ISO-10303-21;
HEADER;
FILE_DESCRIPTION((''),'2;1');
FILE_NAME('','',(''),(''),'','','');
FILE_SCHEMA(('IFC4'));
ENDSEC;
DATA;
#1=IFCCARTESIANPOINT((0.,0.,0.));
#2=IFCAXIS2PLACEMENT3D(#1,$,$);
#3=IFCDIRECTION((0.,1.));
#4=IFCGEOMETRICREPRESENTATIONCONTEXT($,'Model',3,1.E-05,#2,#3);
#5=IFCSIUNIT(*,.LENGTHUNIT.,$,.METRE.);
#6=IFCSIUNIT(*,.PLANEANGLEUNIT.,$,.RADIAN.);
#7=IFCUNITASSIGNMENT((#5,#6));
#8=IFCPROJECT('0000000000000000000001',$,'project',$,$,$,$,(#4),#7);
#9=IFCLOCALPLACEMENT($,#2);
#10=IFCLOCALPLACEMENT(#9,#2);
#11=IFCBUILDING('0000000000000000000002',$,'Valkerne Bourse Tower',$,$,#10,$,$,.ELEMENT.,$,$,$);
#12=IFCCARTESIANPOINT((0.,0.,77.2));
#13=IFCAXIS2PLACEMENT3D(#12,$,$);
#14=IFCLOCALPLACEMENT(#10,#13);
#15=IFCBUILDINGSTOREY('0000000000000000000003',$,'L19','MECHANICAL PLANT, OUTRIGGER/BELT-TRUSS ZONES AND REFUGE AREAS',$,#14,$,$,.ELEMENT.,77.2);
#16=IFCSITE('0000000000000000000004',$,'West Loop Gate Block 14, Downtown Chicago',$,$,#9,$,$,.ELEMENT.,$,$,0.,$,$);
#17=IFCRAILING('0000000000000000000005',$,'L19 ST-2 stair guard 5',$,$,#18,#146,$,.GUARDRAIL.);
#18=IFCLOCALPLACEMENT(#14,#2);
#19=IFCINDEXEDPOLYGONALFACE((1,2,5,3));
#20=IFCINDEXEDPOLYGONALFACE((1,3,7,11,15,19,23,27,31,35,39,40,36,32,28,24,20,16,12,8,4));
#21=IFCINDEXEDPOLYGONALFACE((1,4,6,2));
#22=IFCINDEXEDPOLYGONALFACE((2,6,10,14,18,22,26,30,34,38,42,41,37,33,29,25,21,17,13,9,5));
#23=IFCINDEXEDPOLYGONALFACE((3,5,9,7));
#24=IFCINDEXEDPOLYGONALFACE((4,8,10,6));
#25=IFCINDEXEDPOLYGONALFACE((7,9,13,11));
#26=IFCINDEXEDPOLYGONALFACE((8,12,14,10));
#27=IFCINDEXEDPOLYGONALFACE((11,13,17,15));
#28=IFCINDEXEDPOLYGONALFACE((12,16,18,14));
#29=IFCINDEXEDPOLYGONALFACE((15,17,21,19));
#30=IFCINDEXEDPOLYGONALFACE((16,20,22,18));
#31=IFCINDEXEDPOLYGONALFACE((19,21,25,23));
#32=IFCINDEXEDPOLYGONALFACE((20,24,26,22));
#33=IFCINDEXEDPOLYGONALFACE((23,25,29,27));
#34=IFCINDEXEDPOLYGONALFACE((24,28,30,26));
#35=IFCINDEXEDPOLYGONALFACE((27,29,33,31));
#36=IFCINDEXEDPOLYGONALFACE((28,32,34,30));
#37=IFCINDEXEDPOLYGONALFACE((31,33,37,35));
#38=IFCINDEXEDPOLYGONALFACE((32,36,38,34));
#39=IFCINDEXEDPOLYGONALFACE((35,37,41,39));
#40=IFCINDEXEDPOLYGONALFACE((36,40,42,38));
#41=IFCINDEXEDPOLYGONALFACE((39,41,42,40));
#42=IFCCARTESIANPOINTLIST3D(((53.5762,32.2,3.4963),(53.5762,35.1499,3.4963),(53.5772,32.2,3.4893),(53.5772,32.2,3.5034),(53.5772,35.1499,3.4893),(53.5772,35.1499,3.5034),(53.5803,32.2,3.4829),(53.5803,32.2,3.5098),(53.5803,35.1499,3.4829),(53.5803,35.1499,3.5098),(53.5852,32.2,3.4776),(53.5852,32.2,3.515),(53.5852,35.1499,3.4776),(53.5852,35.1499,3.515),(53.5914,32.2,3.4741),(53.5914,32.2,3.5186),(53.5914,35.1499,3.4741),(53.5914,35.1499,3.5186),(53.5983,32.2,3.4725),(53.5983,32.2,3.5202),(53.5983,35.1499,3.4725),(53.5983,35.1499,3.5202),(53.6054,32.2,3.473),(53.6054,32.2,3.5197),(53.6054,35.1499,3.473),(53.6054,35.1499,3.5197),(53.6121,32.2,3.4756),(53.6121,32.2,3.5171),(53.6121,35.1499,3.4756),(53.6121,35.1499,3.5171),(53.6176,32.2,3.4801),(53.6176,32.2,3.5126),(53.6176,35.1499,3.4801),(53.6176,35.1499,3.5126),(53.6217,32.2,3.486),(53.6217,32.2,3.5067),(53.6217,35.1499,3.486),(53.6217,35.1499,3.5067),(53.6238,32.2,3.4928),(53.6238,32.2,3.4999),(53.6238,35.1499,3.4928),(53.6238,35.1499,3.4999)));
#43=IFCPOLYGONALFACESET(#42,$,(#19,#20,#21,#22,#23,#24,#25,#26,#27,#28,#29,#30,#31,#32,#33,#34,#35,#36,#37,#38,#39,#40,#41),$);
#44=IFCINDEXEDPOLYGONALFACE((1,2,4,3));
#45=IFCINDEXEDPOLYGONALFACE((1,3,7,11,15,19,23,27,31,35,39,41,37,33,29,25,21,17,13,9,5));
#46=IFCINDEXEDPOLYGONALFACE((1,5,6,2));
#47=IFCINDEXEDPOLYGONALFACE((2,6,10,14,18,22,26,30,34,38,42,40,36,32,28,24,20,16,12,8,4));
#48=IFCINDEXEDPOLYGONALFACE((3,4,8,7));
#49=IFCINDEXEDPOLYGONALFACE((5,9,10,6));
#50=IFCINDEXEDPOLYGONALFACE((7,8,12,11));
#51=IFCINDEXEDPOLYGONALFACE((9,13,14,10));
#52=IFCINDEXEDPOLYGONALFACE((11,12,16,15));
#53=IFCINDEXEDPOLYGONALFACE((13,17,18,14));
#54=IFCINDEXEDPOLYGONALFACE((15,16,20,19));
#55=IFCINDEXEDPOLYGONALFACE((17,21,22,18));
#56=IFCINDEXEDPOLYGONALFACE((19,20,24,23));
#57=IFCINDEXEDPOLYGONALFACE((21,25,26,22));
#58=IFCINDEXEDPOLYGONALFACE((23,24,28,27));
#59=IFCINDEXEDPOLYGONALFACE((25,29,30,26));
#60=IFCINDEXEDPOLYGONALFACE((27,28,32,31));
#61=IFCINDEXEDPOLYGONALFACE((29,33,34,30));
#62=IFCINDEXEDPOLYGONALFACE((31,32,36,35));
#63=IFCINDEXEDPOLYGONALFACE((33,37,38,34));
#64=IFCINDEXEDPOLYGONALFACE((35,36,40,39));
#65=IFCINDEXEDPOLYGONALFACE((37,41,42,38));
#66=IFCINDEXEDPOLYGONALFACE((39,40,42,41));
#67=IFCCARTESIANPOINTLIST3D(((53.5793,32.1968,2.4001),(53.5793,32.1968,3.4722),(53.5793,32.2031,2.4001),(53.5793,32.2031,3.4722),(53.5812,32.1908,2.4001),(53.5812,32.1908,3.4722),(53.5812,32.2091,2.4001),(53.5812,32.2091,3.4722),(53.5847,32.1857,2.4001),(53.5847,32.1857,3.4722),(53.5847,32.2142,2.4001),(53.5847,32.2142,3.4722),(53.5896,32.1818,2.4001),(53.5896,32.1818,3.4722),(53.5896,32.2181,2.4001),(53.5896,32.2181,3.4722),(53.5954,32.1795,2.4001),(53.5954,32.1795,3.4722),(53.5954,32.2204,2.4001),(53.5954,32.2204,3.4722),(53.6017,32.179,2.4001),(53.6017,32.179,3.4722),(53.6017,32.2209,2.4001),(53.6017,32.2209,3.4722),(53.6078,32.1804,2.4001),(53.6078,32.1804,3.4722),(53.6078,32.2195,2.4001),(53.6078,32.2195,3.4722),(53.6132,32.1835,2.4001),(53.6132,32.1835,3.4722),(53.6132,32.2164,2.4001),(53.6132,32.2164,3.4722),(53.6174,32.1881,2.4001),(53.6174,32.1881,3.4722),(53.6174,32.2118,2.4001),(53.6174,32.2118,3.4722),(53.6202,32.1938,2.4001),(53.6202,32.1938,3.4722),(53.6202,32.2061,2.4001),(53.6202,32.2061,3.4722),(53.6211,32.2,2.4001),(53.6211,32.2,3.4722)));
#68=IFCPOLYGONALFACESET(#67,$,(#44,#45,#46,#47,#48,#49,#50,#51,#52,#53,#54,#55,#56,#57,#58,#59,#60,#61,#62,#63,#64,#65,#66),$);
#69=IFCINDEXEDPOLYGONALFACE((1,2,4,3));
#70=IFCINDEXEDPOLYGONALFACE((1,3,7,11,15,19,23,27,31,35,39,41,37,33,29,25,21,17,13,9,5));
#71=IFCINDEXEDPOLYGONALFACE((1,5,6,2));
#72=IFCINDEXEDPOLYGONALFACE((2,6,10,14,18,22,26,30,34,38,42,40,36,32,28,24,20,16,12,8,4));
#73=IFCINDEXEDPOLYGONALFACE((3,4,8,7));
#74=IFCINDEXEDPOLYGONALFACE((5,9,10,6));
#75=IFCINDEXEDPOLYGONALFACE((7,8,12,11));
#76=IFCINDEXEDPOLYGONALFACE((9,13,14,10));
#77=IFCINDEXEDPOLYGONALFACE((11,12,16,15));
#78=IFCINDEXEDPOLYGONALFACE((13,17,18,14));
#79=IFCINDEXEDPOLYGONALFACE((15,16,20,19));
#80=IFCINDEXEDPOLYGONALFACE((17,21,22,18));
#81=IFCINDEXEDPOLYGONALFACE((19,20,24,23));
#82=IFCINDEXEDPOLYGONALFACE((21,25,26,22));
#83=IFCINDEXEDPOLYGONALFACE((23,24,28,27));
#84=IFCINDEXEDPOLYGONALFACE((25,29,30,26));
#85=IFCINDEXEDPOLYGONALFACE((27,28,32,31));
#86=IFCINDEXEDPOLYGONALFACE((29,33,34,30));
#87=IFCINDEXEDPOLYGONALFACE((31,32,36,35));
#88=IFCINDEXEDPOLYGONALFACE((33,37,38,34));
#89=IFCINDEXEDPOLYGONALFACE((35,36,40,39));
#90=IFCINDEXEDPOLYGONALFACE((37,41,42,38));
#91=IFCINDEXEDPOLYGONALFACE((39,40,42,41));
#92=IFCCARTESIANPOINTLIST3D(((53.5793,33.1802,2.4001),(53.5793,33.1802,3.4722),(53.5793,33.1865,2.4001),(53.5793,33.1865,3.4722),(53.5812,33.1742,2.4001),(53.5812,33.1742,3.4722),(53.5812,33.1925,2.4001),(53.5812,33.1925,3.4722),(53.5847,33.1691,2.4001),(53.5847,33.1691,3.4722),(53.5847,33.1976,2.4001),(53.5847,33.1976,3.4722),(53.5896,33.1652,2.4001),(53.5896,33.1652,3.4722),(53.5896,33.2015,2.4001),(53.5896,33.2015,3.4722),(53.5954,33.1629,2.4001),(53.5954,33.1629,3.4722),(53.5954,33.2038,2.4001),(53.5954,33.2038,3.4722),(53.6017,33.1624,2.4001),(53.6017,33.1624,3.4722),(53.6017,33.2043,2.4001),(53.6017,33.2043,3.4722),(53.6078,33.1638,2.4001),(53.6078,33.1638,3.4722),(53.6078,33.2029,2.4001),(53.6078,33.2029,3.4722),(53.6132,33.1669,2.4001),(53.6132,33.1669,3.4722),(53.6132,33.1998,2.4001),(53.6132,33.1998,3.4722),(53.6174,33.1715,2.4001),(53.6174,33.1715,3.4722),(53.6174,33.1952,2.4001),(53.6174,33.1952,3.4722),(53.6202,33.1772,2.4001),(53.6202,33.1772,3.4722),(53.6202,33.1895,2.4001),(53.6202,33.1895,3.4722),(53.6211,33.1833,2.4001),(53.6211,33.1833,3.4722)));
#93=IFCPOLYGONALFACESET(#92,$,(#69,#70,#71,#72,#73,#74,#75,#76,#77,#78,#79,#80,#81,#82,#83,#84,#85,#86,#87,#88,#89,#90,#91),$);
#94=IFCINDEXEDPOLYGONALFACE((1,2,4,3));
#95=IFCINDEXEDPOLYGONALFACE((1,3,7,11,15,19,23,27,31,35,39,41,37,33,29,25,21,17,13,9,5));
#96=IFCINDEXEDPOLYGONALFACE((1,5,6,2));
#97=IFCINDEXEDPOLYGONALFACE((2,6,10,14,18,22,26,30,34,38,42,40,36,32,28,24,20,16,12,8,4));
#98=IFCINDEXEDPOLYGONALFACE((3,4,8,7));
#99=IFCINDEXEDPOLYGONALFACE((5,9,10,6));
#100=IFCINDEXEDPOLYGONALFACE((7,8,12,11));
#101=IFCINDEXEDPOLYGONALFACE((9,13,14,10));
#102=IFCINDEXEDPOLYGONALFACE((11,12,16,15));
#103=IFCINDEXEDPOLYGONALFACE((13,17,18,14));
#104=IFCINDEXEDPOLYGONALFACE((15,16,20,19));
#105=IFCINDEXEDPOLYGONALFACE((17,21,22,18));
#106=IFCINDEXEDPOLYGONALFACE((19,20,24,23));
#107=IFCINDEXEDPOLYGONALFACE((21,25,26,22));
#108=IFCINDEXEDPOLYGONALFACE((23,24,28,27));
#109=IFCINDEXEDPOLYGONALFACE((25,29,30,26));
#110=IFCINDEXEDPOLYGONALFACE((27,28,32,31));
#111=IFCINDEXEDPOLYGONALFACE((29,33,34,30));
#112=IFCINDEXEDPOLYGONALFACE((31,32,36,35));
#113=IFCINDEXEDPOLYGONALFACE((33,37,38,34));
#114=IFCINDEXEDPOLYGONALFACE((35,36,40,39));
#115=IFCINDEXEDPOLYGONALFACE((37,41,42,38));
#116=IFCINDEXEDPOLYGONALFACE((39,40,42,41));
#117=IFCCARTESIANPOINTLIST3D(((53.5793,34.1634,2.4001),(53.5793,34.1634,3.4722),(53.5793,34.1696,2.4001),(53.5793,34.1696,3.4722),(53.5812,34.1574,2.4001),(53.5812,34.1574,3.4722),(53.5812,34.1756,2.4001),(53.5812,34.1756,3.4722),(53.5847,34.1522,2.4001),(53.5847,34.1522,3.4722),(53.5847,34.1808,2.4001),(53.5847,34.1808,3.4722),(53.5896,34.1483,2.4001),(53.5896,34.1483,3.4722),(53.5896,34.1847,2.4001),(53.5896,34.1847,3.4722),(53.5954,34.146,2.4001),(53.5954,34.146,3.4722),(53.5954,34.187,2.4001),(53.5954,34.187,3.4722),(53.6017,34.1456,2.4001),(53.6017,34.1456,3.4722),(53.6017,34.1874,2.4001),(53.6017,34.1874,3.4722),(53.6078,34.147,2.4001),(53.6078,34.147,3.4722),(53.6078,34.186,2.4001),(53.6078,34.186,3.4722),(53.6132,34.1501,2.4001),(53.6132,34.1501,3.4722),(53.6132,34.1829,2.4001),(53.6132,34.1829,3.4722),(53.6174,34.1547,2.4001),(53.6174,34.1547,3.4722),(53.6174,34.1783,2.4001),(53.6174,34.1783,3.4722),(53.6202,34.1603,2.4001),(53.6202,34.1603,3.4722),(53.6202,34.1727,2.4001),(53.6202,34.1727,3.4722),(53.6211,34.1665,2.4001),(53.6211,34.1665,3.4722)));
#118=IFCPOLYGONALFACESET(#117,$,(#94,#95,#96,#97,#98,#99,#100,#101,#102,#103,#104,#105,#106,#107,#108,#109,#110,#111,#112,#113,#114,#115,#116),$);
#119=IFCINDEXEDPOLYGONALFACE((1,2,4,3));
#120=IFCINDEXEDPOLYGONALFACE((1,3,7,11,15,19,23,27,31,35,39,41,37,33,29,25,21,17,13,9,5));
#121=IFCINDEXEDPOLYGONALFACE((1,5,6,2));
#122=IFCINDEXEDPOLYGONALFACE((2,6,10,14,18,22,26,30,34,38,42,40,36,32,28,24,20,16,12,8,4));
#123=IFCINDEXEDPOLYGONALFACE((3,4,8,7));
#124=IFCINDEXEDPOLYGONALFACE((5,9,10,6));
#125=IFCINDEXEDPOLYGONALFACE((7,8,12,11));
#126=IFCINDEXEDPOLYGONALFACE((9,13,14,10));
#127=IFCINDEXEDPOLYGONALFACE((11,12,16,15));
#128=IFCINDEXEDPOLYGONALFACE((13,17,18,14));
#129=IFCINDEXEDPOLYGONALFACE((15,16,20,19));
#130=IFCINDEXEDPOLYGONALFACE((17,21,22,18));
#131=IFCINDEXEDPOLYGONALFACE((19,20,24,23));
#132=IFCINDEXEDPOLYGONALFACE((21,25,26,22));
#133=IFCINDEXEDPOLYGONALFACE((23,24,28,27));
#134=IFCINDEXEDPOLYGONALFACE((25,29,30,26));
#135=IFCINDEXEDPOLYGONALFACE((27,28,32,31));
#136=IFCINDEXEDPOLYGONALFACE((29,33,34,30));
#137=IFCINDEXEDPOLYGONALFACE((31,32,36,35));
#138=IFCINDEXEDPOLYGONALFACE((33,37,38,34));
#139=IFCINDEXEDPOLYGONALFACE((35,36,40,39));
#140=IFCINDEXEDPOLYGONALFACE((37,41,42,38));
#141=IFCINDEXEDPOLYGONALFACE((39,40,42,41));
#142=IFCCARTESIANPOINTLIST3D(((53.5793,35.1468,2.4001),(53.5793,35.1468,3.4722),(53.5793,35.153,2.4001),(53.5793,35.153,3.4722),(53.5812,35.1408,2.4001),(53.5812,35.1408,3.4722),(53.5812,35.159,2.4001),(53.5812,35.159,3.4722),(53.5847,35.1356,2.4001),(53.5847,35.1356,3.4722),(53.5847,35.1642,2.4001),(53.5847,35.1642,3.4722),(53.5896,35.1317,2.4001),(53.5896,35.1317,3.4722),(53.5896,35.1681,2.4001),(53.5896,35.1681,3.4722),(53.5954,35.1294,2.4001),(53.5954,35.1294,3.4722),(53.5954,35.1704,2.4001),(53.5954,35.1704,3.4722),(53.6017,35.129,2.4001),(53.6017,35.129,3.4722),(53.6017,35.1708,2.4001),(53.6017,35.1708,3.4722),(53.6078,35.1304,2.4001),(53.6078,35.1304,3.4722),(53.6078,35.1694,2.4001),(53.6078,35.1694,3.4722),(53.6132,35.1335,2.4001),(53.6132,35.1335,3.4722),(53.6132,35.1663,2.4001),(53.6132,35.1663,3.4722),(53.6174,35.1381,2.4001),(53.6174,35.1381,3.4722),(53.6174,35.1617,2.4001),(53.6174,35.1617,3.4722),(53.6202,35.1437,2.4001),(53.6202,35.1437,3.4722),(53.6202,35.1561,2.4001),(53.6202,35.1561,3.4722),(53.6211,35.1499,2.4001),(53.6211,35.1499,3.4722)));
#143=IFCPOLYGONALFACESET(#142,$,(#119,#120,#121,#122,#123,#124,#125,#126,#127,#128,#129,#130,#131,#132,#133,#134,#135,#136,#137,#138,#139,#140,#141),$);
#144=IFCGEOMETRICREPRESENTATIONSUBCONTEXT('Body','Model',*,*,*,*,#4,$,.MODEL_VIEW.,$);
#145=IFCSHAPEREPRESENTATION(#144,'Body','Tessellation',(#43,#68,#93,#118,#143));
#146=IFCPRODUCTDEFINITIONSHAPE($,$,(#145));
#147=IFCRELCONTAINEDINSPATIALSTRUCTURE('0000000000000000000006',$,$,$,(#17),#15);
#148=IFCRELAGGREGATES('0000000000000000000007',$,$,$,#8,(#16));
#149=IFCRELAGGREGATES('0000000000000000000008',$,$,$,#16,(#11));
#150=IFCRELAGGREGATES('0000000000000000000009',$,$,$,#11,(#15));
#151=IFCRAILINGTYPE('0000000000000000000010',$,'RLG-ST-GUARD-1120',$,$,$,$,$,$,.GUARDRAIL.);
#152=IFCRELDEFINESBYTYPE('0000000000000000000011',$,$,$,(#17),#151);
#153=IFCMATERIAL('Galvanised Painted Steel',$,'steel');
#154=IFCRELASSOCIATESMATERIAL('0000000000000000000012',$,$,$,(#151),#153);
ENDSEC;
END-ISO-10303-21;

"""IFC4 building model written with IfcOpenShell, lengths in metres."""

from ifc_helpers import new_model, si_unit, direction, frame, origin, origin_2d, place, context, subcontext, project, spatial, circle, extrude, material, type_object, element, save


model = new_model("IFC4")

# Units and contexts
model_context = context("Model", 3, precision=1e-05, world=origin(), true_north=direction((0.0, 1.0)))
body_context = subcontext(model_context, "Body", "Model", "MODEL_VIEW")
ifc_project = project(units=[si_unit("LENGTHUNIT", "METRE"), si_unit("PLANEANGLEUNIT", "RADIAN")], contexts=[model_context])

# Site, building, storey
site_placement = place(None, origin())
site = spatial("IfcSite", under=ifc_project, at=site_placement, Name="West Loop Gate Block 14, Downtown Chicago", CompositionType="ELEMENT", RefElevation=0.0)
building_placement = place(site_placement, origin())
building = spatial("IfcBuilding", under=site, at=building_placement, Name="Valkerne Bourse Tower", CompositionType="ELEMENT")
storey_placement = place(building_placement, frame((0.0, 0.0, 77.2)))
storey = spatial("IfcBuildingStorey", under=building, at=storey_placement, Name="L19", Description="MECHANICAL PLANT, OUTRIGGER/BELT-TRUSS ZONES AND REFUGE AREAS", CompositionType="ELEMENT", Elevation=77.2)

# Shared definitions
ifc_material_1 = material(Name="Galvanised Painted Steel", Category="steel")

# Railing
railing_type_1 = type_object("IfcRailingType", Name="RLG-ST-GUARD-1120", PredefinedType="GUARDRAIL", material=ifc_material_1)
railing_1_placement = place(storey_placement, frame((53.6001, 32.2, 2.4001)))
element("IfcRailing", 1, at=railing_1_placement, inside=storey, type_object=railing_type_1, Name="L19 ST-2 stair guard 5", PredefinedType="GUARDRAIL", context=body_context, shape_type="SweptSolid", body=[
    extrude(circle(Radius=0.0239, at=origin_2d()), frame((0.0, 0.0, 1.0962), z_axis=(0.0, 1.0, 0.0), x_axis=(-1.0, 0.0, 0.0)), (0.0, 0.0, 1.0), 2.95),
    extrude(circle(Radius=0.021, at=origin_2d()), origin(), (0.0, 0.0, 1.0), 1.072),
    extrude(circle(Radius=0.021, at=origin_2d()), frame((0.0, 0.9834, 0.0)), (0.0, 0.0, 1.0), 1.072),
    extrude(circle(Radius=0.021, at=origin_2d()), frame((0.0, 1.9666, 0.0)), (0.0, 0.0, 1.0), 1.072),
    extrude(circle(Radius=0.021, at=origin_2d()), frame((0.0, 2.95, 0.0)), (0.0, 0.0, 1.0), 1.072),
])

save(model, "model.ifc")
